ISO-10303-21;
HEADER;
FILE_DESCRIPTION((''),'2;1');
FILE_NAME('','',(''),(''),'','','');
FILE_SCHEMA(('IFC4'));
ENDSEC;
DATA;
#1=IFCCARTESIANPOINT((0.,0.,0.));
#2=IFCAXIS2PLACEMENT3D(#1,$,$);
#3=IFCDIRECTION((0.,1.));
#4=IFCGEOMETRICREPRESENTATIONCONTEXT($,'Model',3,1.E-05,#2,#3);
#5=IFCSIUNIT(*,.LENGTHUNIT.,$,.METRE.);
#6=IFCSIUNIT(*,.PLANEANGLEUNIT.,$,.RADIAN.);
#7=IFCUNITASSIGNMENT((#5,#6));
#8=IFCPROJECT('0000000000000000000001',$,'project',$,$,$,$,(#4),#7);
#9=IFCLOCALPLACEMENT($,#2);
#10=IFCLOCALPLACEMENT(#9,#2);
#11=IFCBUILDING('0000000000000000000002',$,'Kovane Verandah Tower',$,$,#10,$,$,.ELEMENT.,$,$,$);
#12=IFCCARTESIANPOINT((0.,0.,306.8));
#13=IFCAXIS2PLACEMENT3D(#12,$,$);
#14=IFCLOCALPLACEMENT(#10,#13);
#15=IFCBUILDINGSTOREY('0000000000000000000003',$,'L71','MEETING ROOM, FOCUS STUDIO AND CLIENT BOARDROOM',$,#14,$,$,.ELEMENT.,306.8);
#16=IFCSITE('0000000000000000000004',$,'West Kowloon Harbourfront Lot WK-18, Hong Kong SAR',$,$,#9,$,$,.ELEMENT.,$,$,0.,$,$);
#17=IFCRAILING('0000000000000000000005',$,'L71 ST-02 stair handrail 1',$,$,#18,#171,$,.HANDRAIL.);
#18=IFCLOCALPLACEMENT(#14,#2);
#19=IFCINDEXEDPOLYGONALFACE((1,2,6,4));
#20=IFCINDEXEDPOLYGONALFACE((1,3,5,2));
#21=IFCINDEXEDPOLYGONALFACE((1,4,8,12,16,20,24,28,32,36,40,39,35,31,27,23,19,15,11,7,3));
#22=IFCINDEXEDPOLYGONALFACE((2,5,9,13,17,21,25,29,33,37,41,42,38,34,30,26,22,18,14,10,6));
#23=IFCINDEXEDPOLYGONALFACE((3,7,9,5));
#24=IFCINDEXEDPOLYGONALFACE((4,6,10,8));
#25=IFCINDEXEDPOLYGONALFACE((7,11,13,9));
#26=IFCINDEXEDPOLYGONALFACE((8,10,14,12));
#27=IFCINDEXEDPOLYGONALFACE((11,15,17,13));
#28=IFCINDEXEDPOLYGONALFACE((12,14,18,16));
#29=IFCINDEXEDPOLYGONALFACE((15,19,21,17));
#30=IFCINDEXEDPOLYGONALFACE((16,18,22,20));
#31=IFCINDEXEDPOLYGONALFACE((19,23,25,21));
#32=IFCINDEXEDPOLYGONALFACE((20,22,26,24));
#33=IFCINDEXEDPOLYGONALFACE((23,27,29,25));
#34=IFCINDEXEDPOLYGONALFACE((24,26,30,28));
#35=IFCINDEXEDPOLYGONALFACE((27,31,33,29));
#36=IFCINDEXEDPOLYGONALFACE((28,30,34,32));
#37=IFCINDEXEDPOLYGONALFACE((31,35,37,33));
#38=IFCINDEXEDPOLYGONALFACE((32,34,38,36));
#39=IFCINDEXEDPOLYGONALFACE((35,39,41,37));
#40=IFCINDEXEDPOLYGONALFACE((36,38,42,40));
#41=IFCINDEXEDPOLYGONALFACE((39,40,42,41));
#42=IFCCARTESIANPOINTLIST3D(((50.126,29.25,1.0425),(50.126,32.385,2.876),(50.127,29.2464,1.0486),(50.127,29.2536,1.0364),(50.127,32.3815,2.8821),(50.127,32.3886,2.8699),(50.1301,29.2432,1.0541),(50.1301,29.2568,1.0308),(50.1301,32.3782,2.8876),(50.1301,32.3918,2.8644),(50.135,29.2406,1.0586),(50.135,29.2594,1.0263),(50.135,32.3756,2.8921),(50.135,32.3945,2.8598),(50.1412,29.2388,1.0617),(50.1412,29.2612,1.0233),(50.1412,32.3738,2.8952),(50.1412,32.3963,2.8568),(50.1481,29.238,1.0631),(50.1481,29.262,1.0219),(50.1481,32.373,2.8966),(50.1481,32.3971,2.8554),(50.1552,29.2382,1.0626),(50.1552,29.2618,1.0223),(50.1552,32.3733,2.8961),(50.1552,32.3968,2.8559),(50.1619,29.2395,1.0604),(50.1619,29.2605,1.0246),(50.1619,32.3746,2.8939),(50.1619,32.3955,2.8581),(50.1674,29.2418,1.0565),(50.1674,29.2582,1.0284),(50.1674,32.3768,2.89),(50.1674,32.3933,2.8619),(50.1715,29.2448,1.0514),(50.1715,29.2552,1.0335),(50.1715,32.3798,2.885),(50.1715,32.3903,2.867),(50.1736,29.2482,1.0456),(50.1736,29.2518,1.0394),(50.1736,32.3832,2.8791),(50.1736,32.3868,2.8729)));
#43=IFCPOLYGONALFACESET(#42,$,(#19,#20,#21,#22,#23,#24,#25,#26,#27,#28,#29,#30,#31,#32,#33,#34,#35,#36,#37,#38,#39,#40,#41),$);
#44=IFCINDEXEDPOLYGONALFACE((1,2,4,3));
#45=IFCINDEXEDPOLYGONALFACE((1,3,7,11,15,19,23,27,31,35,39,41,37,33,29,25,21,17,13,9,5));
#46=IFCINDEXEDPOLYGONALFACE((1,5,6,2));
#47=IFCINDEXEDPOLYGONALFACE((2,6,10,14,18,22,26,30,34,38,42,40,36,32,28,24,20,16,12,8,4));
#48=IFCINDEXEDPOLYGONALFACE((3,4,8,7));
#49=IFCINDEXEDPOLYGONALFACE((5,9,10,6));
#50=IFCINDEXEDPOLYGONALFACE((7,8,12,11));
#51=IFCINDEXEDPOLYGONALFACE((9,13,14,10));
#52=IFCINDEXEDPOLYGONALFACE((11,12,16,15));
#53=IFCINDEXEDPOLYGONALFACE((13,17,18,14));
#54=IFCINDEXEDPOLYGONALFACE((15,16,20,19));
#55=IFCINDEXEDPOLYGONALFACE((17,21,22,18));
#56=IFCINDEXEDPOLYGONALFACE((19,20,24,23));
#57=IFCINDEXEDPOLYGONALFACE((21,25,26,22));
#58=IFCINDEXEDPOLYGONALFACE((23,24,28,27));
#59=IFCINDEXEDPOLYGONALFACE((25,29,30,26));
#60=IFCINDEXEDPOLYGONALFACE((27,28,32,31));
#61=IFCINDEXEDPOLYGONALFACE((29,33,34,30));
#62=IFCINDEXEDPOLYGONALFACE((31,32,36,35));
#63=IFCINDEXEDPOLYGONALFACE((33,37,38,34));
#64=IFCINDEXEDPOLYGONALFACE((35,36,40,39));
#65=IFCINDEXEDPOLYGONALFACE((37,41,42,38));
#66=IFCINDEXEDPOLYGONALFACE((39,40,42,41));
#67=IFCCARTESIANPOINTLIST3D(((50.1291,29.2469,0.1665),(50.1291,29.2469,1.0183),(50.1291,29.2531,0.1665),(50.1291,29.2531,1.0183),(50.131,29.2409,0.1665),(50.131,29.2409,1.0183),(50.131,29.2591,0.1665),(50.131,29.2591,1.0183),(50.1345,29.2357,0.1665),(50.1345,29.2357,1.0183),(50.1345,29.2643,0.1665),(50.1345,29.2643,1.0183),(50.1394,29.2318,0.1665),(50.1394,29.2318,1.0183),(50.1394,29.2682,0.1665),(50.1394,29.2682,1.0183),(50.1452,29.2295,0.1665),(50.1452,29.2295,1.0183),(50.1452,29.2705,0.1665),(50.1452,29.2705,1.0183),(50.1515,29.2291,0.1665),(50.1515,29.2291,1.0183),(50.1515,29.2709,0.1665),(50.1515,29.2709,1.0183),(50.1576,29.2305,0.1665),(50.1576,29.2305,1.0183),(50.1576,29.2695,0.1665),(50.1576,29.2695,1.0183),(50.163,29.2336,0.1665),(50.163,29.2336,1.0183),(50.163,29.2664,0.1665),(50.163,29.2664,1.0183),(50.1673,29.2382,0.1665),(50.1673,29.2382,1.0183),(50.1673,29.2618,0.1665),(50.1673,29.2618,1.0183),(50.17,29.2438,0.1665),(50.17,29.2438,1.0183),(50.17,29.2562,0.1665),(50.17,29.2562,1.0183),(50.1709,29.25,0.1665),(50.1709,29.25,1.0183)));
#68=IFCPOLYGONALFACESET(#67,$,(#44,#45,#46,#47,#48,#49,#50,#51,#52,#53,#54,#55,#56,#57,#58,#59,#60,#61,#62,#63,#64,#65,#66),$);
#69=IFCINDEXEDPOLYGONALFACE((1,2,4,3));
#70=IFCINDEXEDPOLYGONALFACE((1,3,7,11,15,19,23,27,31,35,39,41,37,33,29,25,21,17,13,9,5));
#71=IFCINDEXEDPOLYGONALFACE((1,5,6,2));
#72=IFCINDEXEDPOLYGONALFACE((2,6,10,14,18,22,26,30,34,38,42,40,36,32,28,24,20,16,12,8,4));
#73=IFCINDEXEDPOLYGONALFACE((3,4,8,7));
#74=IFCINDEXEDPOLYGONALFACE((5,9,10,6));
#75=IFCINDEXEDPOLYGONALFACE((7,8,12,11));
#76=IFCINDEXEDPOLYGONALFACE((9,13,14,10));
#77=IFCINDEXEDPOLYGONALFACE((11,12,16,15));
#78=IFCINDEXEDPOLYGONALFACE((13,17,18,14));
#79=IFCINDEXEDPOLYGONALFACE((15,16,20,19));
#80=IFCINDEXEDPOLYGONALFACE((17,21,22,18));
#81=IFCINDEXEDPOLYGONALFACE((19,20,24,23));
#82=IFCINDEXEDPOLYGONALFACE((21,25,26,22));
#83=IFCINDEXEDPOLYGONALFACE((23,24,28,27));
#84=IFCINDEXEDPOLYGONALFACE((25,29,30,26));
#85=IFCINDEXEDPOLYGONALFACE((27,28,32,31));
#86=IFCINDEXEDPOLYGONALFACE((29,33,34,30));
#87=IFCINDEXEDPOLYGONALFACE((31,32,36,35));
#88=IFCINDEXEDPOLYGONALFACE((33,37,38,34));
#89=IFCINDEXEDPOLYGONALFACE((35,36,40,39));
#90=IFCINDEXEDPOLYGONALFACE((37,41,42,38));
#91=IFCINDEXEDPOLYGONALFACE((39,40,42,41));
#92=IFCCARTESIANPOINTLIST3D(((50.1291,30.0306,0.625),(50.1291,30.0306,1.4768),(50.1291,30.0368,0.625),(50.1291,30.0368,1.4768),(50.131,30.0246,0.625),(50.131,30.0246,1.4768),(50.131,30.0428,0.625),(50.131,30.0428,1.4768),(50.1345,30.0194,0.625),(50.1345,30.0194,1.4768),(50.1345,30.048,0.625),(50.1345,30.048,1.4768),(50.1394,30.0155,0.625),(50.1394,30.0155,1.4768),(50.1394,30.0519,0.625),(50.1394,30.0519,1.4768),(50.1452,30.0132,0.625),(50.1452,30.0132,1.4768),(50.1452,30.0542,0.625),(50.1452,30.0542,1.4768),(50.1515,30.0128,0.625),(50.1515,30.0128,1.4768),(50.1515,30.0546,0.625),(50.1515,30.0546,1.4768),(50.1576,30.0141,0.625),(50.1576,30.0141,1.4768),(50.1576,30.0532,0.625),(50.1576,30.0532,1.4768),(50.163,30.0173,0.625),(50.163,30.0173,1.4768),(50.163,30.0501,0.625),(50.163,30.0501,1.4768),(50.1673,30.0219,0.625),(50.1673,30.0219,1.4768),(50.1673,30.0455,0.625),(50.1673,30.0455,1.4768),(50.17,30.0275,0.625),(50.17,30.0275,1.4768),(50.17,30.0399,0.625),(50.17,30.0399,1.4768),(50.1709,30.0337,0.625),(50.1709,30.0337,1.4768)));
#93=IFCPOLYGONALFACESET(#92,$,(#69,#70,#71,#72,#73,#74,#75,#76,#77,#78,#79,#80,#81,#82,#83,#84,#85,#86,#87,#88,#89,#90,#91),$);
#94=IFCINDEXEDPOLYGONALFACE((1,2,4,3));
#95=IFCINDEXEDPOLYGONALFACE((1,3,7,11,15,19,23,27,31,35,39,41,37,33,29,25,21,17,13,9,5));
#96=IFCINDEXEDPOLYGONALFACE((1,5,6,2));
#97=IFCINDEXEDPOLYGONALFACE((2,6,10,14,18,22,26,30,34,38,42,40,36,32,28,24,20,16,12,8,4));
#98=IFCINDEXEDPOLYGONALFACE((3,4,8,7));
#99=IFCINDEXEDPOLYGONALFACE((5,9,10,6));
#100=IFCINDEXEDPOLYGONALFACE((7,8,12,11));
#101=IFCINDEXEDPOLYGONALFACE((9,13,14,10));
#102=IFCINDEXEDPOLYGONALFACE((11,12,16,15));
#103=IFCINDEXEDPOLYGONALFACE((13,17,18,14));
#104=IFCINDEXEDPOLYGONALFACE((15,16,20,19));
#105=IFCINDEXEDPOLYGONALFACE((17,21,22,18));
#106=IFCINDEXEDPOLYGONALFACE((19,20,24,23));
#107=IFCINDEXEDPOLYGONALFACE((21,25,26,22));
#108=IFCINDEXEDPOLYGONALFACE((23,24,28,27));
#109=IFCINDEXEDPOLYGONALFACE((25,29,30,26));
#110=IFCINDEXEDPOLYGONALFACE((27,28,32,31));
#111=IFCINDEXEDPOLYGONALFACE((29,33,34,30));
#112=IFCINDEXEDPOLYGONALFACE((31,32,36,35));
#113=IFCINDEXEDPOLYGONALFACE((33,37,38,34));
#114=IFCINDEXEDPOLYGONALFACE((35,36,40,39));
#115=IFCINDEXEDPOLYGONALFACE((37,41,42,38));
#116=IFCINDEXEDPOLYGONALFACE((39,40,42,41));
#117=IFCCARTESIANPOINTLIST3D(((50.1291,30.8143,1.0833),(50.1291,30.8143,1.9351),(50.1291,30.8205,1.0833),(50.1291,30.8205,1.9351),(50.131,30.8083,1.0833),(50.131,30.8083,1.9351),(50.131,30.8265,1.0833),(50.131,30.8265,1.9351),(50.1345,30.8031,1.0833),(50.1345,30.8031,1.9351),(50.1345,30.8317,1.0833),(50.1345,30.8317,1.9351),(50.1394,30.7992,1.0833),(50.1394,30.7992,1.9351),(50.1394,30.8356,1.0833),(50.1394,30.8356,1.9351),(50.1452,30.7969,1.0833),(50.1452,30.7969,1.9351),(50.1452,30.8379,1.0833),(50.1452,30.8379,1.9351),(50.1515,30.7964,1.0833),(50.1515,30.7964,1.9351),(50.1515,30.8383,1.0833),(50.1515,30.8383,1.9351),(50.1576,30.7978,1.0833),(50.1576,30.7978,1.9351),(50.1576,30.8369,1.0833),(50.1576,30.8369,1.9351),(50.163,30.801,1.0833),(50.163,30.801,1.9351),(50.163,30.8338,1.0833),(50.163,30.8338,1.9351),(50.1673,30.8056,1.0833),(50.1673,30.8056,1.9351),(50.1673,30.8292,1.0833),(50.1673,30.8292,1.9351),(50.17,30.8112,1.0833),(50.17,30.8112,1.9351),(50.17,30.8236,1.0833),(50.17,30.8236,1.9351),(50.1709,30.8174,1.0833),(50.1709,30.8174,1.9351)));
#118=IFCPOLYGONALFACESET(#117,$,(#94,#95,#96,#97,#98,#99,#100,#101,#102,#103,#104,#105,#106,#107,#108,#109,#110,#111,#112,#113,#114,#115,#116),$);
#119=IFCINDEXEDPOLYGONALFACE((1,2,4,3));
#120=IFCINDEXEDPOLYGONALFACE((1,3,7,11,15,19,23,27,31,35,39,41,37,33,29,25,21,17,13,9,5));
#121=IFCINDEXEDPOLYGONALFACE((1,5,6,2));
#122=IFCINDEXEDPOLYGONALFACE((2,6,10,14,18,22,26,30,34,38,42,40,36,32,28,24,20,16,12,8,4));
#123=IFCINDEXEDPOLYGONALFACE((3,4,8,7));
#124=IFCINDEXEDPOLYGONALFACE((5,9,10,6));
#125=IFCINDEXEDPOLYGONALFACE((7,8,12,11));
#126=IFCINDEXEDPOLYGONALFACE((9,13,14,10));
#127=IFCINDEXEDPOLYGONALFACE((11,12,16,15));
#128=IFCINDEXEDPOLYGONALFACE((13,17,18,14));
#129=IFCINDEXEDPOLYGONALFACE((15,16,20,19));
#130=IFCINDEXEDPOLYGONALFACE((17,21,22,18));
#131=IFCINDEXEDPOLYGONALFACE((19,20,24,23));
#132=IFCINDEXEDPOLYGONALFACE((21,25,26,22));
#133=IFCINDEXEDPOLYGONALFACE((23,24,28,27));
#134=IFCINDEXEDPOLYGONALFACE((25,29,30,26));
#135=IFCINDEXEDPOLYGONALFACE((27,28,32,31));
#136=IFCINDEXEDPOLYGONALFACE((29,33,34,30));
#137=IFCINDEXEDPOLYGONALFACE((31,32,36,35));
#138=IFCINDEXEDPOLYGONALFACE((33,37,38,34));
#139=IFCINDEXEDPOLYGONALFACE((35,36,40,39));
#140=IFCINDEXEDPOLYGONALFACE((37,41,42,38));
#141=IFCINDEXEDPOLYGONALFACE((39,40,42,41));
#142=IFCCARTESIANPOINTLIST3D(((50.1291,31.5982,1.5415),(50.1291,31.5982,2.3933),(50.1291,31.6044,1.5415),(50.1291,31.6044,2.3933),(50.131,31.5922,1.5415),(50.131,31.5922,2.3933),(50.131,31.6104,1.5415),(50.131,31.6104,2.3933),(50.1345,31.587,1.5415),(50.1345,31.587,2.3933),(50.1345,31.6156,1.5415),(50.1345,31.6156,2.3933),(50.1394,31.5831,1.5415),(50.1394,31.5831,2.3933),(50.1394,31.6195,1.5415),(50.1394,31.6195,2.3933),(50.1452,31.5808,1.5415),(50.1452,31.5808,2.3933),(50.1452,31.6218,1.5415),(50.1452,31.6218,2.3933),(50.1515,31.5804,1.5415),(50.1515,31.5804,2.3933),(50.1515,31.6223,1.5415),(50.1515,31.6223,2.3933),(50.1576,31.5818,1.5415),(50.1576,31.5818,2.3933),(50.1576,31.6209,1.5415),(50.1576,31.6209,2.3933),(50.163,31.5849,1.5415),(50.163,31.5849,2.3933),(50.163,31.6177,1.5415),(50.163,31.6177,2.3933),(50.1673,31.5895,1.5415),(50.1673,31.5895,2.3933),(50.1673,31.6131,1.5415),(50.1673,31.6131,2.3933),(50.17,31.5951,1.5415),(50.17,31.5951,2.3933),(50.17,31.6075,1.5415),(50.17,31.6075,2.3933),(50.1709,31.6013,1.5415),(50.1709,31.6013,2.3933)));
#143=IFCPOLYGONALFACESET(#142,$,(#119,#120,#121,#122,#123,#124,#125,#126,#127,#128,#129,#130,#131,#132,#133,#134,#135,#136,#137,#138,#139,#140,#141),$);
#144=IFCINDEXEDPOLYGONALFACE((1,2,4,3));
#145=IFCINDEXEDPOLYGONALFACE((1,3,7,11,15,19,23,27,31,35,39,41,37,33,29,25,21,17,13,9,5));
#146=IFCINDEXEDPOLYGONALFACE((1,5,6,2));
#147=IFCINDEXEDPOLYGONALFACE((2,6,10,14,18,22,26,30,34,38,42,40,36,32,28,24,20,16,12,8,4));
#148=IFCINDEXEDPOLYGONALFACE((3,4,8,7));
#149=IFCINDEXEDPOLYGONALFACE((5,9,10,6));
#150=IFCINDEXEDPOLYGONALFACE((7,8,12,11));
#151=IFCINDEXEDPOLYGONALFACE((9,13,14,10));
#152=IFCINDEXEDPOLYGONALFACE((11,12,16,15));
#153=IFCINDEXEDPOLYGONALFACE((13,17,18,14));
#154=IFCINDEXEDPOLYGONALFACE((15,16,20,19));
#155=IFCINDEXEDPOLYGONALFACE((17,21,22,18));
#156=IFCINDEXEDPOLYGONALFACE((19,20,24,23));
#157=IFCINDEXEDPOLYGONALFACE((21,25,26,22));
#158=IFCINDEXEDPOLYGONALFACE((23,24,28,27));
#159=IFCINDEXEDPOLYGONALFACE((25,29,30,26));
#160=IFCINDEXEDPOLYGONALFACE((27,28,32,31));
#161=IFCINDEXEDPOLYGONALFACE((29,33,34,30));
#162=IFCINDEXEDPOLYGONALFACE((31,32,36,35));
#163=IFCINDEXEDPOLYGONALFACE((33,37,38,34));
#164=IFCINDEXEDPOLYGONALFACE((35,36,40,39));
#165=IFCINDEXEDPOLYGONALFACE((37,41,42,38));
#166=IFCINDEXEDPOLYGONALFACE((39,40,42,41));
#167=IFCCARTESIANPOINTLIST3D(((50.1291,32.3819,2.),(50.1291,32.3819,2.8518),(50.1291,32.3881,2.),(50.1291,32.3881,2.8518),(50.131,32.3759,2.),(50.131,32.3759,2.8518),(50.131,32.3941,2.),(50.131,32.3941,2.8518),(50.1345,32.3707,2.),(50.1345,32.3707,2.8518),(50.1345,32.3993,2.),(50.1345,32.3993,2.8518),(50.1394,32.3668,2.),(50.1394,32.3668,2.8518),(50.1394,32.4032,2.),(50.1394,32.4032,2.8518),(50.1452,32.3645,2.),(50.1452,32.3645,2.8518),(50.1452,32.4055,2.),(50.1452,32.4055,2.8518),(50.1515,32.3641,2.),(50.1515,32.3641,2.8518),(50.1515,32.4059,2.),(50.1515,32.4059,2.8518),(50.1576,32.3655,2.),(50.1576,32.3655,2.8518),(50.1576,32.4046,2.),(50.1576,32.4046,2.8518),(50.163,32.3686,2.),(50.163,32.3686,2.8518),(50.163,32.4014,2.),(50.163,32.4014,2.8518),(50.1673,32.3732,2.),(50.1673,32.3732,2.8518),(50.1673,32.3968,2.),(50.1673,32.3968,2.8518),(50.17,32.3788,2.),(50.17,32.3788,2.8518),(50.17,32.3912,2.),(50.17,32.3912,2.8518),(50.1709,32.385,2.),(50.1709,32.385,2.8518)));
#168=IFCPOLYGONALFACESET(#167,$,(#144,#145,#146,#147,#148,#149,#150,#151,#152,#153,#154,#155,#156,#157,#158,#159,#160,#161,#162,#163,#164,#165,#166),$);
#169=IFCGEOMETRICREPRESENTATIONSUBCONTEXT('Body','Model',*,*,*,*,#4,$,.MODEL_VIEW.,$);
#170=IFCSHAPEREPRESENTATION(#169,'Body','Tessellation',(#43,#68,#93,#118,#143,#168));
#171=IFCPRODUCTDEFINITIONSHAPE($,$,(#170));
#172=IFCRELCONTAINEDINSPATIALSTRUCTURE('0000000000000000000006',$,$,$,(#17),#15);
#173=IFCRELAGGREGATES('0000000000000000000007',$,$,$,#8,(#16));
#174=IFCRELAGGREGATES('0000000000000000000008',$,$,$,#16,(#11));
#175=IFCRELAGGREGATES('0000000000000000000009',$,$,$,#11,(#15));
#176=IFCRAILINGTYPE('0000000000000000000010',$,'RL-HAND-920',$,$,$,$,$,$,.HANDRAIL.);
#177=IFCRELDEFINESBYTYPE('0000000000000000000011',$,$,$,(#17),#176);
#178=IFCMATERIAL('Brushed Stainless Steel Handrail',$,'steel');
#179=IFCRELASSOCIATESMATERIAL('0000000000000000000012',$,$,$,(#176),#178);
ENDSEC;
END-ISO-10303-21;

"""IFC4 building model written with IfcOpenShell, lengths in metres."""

from ifc_helpers import new_model, si_unit, direction, frame, origin, origin_2d, place, context, subcontext, project, spatial, circle, extrude, material, type_object, element, save


model = new_model("IFC4")

# Units and contexts
model_context = context("Model", 3, precision=1e-05, world=origin(), true_north=direction((0.0, 1.0)))
body_context = subcontext(model_context, "Body", "Model", "MODEL_VIEW")
ifc_project = project(units=[si_unit("LENGTHUNIT", "METRE"), si_unit("PLANEANGLEUNIT", "RADIAN")], contexts=[model_context])

# Site, building, storey
site_placement = place(None, origin())
site = spatial("IfcSite", under=ifc_project, at=site_placement, Name="West Kowloon Harbourfront Lot WK-18, Hong Kong SAR", CompositionType="ELEMENT", RefElevation=0.0)
building_placement = place(site_placement, origin())
building = spatial("IfcBuilding", under=site, at=building_placement, Name="Kovane Verandah Tower", CompositionType="ELEMENT")
storey_placement = place(building_placement, frame((0.0, 0.0, 306.8)))
storey = spatial("IfcBuildingStorey", under=building, at=storey_placement, Name="L71", Description="MEETING ROOM, FOCUS STUDIO AND CLIENT BOARDROOM", CompositionType="ELEMENT", Elevation=306.8)

# Railing
ifc_material_1 = material(Name="Brushed Stainless Steel Handrail", Category="steel")
railing_type_1 = type_object("IfcRailingType", Name="RL-HAND-920", PredefinedType="HANDRAIL", material=ifc_material_1)
railing_1_placement = place(storey_placement, frame((50.1499, 29.25, 0.1665)))
element("IfcRailing", 1, at=railing_1_placement, inside=storey, type_object=railing_type_1, Name="L71 ST-02 stair handrail 1", PredefinedType="HANDRAIL", context=body_context, shape_type="SweptSolid", body=[
    extrude(circle(Radius=0.0239, at=origin_2d()), frame((0.0, 0.0, 0.876), z_axis=(0.0, 0.86321, 0.504845), x_axis=(-1.0, 0.0, 0.0)), (0.0, 0.0, 1.0), 3.6318),
    extrude(circle(Radius=0.021, at=origin_2d()), origin(), (0.0, 0.0, 1.0), 0.8518),
    extrude(circle(Radius=0.021, at=origin_2d()), frame((0.0, 0.7837, 0.4585)), (0.0, 0.0, 1.0), 0.8518),
    extrude(circle(Radius=0.021, at=origin_2d()), frame((0.0, 1.5674, 0.9167)), (0.0, 0.0, 1.0), 0.8518),
    extrude(circle(Radius=0.021, at=origin_2d()), frame((0.0, 2.3513, 1.375)), (0.0, 0.0, 1.0), 0.8518),
    extrude(circle(Radius=0.021, at=origin_2d()), frame((0.0, 3.135, 1.8335)), (0.0, 0.0, 1.0), 0.8518),
])

save(model, "model.ifc")
